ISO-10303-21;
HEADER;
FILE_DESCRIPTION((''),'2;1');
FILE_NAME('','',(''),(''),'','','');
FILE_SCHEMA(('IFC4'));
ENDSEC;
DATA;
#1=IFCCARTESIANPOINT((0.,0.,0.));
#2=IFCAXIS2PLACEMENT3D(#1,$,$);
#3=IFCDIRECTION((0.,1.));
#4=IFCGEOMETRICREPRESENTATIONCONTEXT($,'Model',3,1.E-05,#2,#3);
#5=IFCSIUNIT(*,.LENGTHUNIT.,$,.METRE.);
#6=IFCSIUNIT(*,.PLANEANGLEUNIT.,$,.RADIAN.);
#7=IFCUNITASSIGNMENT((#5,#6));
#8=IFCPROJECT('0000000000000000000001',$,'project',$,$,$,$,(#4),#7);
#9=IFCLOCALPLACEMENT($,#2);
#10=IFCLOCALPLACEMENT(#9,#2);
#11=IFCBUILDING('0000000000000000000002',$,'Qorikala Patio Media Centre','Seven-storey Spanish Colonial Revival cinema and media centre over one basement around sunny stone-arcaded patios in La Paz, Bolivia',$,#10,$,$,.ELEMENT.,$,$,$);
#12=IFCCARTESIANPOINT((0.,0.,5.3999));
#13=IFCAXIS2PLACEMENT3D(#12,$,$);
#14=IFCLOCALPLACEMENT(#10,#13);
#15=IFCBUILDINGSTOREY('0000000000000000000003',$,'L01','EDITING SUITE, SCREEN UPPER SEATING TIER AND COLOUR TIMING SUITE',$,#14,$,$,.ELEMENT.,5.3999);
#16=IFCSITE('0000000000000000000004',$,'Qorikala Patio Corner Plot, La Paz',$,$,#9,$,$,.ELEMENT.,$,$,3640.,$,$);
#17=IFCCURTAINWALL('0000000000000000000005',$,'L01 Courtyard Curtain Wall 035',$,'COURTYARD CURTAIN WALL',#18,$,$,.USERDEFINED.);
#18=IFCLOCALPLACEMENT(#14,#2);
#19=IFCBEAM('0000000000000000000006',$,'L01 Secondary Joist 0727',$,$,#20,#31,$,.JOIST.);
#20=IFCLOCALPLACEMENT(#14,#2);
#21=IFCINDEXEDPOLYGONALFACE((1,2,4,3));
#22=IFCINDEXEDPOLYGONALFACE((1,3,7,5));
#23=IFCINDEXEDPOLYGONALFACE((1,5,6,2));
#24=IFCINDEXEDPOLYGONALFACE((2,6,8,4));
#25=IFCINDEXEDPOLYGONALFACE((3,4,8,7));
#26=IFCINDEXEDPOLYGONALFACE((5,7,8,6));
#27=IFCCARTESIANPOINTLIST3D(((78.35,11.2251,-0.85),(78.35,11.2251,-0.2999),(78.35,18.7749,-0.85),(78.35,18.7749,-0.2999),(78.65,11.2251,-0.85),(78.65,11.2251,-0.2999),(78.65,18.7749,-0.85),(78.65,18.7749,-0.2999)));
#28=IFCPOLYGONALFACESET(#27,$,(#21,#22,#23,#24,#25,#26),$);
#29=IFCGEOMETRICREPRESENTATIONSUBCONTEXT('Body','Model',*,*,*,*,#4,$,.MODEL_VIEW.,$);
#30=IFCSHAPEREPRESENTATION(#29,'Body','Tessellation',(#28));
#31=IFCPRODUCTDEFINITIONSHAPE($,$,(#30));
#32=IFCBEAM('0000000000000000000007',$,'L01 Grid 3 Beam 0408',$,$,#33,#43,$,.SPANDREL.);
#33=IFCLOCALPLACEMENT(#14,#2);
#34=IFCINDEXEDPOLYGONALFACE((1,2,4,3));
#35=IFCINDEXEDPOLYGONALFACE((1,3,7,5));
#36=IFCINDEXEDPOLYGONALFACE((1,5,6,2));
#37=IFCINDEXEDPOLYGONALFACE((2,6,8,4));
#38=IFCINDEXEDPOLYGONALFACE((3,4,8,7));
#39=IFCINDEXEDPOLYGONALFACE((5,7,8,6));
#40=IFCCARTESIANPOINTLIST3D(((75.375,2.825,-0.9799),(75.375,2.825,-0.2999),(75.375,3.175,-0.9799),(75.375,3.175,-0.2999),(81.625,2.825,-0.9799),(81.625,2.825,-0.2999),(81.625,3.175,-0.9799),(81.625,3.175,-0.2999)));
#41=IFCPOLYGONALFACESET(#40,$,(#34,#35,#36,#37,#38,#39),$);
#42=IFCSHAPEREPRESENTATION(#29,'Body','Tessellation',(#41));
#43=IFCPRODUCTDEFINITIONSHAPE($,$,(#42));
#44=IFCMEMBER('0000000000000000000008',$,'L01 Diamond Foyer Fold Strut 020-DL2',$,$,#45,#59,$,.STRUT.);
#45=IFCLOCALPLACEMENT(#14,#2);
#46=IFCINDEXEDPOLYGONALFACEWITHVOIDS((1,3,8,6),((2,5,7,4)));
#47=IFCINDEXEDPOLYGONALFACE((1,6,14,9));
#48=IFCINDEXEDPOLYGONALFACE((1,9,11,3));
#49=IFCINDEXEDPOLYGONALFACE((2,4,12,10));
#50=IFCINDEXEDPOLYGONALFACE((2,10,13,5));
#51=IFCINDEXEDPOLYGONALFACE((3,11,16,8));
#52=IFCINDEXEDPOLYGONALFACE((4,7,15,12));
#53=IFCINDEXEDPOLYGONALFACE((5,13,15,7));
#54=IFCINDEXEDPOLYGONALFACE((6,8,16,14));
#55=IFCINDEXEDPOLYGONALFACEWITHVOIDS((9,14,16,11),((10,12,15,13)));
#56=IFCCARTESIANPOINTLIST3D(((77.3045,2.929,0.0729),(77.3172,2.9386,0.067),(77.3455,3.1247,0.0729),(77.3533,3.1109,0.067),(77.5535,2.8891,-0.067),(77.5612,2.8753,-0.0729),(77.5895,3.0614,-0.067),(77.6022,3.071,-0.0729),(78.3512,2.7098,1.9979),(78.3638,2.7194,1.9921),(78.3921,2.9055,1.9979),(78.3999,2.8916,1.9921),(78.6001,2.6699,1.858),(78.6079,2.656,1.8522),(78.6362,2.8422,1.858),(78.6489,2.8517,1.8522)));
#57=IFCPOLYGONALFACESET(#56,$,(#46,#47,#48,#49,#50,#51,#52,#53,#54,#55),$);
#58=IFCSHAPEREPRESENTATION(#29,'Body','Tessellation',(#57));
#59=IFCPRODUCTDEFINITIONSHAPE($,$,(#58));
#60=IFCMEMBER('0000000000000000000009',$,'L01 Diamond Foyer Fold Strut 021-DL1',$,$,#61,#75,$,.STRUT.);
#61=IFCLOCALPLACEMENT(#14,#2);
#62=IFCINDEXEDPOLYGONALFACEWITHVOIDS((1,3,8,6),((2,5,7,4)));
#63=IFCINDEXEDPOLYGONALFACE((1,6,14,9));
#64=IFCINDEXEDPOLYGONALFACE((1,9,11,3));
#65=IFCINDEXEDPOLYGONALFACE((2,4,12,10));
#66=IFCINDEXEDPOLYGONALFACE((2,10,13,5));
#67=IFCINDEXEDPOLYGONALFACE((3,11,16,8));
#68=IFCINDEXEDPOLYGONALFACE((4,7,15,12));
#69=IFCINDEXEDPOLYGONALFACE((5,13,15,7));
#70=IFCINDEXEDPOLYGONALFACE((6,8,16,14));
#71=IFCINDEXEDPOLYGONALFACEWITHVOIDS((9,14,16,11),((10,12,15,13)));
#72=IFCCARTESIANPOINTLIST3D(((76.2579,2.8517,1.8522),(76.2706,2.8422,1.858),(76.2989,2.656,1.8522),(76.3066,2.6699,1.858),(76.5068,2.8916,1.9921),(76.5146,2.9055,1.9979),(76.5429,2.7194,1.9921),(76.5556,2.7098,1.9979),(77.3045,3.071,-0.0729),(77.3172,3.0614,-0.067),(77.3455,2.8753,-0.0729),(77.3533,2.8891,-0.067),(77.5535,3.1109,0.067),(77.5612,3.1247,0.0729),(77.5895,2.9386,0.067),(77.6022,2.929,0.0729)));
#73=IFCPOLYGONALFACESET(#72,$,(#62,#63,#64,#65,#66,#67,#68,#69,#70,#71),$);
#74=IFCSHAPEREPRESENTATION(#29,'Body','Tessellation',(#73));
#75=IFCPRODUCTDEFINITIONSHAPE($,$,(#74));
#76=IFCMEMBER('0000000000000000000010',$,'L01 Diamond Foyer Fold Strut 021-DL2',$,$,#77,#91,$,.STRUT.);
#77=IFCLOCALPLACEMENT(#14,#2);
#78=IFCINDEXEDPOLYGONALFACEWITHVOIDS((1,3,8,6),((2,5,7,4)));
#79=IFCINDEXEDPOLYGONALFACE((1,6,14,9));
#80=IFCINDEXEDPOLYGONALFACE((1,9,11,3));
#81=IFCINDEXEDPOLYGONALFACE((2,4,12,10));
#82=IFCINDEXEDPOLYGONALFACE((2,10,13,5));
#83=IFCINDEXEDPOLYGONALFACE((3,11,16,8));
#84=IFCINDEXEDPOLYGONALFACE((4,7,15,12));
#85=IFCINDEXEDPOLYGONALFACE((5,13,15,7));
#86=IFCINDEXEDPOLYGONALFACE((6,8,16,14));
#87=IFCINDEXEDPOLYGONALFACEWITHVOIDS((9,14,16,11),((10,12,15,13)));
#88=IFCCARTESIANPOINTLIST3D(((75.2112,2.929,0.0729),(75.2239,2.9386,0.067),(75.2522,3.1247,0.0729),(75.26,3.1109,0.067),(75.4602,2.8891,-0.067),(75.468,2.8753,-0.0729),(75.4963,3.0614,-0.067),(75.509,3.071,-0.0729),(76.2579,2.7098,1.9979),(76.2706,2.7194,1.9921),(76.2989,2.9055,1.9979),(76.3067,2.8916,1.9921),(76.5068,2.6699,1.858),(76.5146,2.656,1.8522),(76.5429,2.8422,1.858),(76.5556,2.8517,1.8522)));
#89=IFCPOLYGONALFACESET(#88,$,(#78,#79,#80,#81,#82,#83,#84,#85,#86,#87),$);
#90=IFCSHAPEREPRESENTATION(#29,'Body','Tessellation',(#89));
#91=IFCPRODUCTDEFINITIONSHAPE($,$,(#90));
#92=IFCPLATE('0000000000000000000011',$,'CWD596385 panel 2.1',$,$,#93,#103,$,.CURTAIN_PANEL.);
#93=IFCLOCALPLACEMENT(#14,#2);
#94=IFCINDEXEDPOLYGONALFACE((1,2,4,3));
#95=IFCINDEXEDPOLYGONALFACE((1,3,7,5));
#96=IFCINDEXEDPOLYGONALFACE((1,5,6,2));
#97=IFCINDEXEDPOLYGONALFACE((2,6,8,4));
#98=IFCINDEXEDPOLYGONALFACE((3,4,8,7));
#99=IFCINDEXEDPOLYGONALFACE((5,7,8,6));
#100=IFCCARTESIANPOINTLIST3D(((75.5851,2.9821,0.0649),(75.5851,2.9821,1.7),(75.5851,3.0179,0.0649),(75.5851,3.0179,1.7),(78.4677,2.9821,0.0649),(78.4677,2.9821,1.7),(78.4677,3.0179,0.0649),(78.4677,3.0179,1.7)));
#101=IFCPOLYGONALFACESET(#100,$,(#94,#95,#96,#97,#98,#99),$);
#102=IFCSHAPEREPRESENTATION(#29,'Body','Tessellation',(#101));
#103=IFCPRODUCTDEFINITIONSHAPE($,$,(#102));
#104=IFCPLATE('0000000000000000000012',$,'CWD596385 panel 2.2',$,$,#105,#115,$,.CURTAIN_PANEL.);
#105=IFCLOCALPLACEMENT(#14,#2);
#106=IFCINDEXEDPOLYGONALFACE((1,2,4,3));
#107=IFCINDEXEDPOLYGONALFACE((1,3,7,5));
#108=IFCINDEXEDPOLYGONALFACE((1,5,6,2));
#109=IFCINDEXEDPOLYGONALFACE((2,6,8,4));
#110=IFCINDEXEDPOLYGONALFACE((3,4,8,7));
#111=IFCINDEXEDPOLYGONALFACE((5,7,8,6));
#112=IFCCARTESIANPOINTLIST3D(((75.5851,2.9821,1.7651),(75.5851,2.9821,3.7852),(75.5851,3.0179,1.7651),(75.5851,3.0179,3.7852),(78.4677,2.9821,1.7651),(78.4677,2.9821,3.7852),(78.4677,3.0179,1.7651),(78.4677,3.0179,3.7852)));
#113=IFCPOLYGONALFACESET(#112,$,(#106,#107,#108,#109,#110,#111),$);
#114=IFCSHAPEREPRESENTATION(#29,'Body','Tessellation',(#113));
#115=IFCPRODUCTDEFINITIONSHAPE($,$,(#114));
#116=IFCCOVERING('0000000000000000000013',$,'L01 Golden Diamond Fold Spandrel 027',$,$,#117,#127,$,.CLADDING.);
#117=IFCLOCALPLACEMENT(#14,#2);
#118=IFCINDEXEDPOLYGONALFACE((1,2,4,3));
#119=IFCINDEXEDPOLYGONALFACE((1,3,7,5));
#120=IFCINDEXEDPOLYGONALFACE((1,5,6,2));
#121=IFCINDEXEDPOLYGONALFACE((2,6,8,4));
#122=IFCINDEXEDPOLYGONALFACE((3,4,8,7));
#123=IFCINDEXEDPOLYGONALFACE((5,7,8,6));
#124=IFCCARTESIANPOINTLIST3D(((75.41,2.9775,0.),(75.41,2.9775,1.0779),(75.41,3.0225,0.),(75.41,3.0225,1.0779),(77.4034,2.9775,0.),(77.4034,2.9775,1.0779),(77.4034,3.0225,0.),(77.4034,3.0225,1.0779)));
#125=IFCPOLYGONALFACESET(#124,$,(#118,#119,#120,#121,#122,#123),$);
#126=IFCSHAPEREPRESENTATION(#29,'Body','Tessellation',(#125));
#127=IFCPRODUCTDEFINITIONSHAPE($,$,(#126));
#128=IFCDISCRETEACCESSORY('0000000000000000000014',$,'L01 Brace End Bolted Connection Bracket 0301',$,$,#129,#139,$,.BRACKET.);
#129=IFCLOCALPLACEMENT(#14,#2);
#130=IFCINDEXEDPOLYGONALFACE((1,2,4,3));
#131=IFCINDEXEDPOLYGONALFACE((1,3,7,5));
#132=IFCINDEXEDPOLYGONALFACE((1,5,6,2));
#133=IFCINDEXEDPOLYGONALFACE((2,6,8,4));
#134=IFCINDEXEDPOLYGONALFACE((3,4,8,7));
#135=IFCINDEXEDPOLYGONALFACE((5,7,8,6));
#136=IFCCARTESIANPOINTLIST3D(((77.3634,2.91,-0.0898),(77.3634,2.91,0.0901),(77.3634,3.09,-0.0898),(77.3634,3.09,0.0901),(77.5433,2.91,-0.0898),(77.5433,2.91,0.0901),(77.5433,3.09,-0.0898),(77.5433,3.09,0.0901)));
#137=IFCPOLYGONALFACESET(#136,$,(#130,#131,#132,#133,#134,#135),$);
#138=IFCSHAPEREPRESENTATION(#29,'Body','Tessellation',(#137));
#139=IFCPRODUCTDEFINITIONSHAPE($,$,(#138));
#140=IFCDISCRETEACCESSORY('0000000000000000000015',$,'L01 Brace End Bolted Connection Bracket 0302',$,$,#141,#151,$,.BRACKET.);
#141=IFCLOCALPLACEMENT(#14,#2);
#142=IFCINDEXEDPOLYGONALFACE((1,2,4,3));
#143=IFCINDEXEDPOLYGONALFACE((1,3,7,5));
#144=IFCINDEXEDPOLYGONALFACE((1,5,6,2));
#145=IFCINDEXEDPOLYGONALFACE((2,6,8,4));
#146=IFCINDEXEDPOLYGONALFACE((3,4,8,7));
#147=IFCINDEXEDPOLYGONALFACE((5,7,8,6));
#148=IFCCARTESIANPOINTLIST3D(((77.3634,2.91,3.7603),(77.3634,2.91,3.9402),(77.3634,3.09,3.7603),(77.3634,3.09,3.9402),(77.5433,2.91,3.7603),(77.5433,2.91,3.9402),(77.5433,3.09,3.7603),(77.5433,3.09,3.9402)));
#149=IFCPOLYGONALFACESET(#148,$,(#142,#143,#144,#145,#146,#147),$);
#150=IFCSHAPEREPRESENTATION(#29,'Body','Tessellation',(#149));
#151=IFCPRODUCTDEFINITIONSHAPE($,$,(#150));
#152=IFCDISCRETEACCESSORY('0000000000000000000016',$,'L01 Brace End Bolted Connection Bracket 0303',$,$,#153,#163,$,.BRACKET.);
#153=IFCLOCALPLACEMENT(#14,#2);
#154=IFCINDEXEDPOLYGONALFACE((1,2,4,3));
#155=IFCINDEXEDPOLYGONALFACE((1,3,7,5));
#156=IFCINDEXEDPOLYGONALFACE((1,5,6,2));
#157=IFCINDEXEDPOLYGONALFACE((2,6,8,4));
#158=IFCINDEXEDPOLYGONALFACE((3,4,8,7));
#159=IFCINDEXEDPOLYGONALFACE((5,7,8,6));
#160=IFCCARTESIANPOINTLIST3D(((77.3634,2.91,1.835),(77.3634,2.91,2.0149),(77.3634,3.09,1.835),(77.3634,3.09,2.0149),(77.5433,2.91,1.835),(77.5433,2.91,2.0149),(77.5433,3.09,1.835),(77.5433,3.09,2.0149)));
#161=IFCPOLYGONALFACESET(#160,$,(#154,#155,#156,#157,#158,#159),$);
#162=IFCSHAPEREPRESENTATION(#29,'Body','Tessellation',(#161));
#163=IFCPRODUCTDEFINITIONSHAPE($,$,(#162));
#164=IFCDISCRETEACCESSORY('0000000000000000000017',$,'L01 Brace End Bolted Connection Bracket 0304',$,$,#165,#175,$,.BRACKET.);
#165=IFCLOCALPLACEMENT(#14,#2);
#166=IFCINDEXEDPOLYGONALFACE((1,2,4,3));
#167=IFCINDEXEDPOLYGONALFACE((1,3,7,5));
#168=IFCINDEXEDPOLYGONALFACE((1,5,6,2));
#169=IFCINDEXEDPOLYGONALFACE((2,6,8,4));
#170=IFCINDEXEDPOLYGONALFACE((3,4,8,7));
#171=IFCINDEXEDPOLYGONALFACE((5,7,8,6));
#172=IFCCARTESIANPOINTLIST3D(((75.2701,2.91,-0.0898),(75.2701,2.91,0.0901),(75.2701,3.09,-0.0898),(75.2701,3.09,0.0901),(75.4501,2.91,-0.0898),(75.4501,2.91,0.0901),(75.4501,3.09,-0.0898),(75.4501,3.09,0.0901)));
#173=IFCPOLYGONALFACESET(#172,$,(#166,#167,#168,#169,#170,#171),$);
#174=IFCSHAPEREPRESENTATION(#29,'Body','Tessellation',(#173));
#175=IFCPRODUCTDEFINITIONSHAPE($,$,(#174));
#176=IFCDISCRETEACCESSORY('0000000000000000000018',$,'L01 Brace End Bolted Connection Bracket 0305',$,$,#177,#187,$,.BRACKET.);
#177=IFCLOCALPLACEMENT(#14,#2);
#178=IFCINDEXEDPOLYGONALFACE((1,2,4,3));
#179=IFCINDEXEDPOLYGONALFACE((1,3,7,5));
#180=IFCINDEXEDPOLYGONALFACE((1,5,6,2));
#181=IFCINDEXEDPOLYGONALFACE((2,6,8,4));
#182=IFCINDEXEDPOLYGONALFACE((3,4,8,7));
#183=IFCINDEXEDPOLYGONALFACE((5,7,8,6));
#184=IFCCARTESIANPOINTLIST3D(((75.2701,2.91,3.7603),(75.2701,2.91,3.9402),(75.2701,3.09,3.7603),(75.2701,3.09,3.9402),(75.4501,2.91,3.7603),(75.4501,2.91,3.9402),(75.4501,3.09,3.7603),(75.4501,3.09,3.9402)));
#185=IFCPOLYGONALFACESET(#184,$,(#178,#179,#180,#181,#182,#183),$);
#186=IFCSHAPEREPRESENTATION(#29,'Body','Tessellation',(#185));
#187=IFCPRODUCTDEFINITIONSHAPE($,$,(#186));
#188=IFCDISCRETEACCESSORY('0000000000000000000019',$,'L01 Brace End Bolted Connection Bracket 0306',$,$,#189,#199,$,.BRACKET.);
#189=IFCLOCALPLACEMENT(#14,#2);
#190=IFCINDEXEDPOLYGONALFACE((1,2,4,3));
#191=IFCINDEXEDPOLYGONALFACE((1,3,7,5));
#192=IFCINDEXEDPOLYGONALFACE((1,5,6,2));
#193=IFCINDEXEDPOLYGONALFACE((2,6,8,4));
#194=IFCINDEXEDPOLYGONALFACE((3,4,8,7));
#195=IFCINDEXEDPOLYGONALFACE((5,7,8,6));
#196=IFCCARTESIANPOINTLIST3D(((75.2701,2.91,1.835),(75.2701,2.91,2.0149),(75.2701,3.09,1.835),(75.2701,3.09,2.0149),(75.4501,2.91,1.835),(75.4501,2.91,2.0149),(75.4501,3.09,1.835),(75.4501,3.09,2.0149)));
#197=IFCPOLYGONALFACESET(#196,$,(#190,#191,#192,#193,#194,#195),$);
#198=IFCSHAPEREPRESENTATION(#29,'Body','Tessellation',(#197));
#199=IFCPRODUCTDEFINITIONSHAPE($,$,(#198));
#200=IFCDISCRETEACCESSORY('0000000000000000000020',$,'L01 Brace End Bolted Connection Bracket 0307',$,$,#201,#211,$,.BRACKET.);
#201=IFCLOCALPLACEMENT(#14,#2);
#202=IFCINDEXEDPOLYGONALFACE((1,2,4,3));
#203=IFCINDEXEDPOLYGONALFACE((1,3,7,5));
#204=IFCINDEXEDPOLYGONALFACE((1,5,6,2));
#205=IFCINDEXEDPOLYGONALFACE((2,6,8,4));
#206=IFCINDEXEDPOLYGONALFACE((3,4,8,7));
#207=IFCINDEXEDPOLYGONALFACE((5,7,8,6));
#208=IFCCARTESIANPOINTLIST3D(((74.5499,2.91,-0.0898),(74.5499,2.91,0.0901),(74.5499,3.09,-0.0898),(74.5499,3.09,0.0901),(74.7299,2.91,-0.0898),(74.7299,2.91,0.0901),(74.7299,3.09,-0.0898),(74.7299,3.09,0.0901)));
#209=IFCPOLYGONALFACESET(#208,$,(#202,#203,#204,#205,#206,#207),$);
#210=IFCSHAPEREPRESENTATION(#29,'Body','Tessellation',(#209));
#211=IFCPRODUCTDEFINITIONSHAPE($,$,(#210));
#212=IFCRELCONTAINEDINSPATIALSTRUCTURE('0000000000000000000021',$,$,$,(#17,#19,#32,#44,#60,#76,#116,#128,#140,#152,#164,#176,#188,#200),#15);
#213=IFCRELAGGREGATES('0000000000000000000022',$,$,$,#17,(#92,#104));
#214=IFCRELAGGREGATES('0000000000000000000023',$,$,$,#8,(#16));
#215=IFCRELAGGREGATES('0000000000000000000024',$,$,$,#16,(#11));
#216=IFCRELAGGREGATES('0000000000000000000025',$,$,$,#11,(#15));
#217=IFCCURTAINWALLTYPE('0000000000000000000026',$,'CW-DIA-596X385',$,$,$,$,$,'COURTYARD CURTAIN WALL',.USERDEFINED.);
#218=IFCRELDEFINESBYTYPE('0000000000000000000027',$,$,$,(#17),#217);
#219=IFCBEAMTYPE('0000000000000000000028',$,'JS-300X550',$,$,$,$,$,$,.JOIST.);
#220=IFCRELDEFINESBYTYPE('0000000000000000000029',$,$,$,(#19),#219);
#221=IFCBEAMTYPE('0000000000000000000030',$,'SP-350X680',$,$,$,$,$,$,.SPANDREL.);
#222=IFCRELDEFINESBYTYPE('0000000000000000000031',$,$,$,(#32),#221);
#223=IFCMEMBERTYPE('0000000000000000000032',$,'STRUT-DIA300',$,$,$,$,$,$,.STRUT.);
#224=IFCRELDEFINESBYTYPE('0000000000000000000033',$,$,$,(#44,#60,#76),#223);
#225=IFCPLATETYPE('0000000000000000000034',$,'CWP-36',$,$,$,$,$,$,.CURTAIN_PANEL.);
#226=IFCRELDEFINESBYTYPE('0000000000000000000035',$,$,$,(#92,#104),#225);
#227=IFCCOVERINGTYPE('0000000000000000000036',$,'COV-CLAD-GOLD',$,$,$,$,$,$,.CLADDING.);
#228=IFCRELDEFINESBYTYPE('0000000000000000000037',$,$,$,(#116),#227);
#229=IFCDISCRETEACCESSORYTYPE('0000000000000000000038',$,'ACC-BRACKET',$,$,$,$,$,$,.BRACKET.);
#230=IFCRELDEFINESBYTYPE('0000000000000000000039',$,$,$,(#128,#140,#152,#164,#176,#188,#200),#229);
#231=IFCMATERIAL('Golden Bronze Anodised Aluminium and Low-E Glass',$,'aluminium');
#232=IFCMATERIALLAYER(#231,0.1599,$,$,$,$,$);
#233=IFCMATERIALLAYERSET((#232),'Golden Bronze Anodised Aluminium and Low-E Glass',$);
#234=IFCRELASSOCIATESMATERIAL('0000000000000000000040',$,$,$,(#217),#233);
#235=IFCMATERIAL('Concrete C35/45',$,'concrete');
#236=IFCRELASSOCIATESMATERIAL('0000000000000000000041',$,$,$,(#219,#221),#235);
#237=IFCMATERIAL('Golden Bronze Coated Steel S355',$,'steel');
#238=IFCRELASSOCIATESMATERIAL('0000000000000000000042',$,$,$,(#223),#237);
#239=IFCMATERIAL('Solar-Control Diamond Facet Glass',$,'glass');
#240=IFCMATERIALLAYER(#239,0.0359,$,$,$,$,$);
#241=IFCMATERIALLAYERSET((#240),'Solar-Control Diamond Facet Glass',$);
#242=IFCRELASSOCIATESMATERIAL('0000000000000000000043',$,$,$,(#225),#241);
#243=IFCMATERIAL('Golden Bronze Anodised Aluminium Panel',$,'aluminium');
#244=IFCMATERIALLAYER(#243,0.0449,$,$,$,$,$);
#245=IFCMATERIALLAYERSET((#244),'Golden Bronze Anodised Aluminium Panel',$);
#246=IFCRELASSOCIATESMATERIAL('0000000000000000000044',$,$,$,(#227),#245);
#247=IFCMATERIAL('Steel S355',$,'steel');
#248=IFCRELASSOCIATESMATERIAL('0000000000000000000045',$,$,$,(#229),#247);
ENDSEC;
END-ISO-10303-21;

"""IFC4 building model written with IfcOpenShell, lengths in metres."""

from ifc_helpers import new_model, si_unit, direction, frame, origin, origin_2d, place, context, subcontext, project, spatial, rectangle, hollow_rectangle, extrude, material, layer, layer_set, material_profile, profile_set, type_object, element, aggregate, save


model = new_model("IFC4")

# Units and contexts
model_context = context("Model", 3, precision=1e-05, world=origin(), true_north=direction((0.0, 1.0)))
body_context = subcontext(model_context, "Body", "Model", "MODEL_VIEW")
ifc_project = project(units=[si_unit("LENGTHUNIT", "METRE"), si_unit("PLANEANGLEUNIT", "RADIAN")], contexts=[model_context])

# Site, building, storey
site_placement = place(None, origin())
site = spatial("IfcSite", under=ifc_project, at=site_placement, Name="Qorikala Patio Corner Plot, La Paz", CompositionType="ELEMENT", RefElevation=3640.0)
building_placement = place(site_placement, origin())
building = spatial("IfcBuilding", under=site, at=building_placement, Name="Qorikala Patio Media Centre", Description="Seven-storey Spanish Colonial Revival cinema and media centre over one basement around sunny stone-arcaded patios in La Paz, Bolivia", CompositionType="ELEMENT")
storey_placement = place(building_placement, frame((0.0, 0.0, 5.3999)))
storey = spatial("IfcBuildingStorey", under=building, at=storey_placement, Name="L01", Description="EDITING SUITE, SCREEN UPPER SEATING TIER AND COLOUR TIMING SUITE", CompositionType="ELEMENT", Elevation=5.3999)

# Shared definitions
ifc_material_1 = material(Name="Concrete C35/45", Category="concrete")

# Shared definitions
ifc_material_2 = material(Name="Golden Bronze Coated Steel S355", Category="steel")

# Curtain wall
ifc_material_3 = material(Name="Golden Bronze Anodised Aluminium and Low-E Glass", Category="aluminium")
ifc_layer_1 = layer(ifc_material_3, 0.1599)
ifc_layer_set_1 = layer_set([ifc_layer_1], Name="Golden Bronze Anodised Aluminium and Low-E Glass")
curtain_wall_type = type_object("IfcCurtainWallType", Name="CW-DIA-596X385", ElementType="COURTYARD CURTAIN WALL", PredefinedType="USERDEFINED", material=ifc_layer_set_1)
curtain_wall_placement = place(storey_placement, origin())
curtain_wall = element("IfcCurtainWall", 1, at=curtain_wall_placement, inside=storey, type_object=curtain_wall_type, Name="L01 Courtyard Curtain Wall 035", ObjectType="COURTYARD CURTAIN WALL", PredefinedType="USERDEFINED")

# Beams
ifc_material_profile_1 = material_profile(ifc_material_1, rectangle(XDim=0.3, YDim=0.55, at=origin_2d()), Name="RC 300x550")
ifc_profile_set_1 = profile_set([ifc_material_profile_1], Name="Concrete C35/45")
beam_type_1 = type_object("IfcBeamType", Name="JS-300X550", PredefinedType="JOIST", material=ifc_profile_set_1)
beam_1_placement = place(storey_placement, frame((78.5, 11.2251, -0.575), z_axis=(0.0, 1.0, 0.0), x_axis=(-1.0, 0.0, 0.0)))
element("IfcBeam", 2, at=beam_1_placement, inside=storey, type_object=beam_type_1, Name="L01 Secondary Joist 0727", PredefinedType="JOIST", context=body_context, shape_type="SweptSolid", body=[
    extrude(rectangle(XDim=0.3, YDim=0.55, at=origin_2d()), origin(), (0.0, 0.0, 1.0), 7.5498),
])
ifc_material_profile_2 = material_profile(ifc_material_1, rectangle(XDim=0.3501, YDim=0.6799, at=origin_2d()), Name="RC 350x680")
ifc_profile_set_2 = profile_set([ifc_material_profile_2], Name="Concrete C35/45")
beam_type_2 = type_object("IfcBeamType", Name="SP-350X680", PredefinedType="SPANDREL", material=ifc_profile_set_2)
beam_2_placement = place(storey_placement, frame((75.375, 3.0, -0.6399), z_axis=(1.0, 0.0, 0.0), x_axis=(0.0, 1.0, 0.0)))
element("IfcBeam", 3, at=beam_2_placement, inside=storey, type_object=beam_type_2, Name="L01 Grid 3 Beam 0408", PredefinedType="SPANDREL", context=body_context, shape_type="SweptSolid", body=[
    extrude(rectangle(XDim=0.3501, YDim=0.6799, at=origin_2d()), origin(), (0.0, 0.0, 1.0), 6.25),
])

# Members
ifc_material_profile_3 = material_profile(ifc_material_2, hollow_rectangle(XDim=0.2, YDim=0.3, WallThickness=0.012, at=origin_2d()), Name="HSS300X200X12")
ifc_profile_set_3 = profile_set([ifc_material_profile_3], Name="Golden Bronze Coated Steel S355")
member_type_1 = type_object("IfcMemberType", Name="STRUT-DIA300", PredefinedType="STRUT", material=ifc_profile_set_3)
for number, where, z_axis, x_axis, name in (
    (4, (77.4534, 3.0, 0.0), (0.475284, -0.099558, 0.874181), (0.205021, 0.978758, 0.0), "L01 Diamond Foyer Fold Strut 020-DL2"),
    (5, (77.4534, 3.0, 0.0), (-0.475284, -0.099558, 0.874181), (0.205021, -0.978758, 0.0), "L01 Diamond Foyer Fold Strut 021-DL1"),
    (6, (75.3601, 3.0, 0.0), (0.475284, -0.099558, 0.874181), (0.205021, 0.978758, 0.0), "L01 Diamond Foyer Fold Strut 021-DL2"),
):
    element("IfcMember", number, at=place(storey_placement, frame(where, z_axis=z_axis, x_axis=x_axis)), inside=storey, type_object=member_type_1, Name=name, PredefinedType="STRUT", context=body_context, shape_type="SweptSolid", body=[
        extrude(hollow_rectangle(XDim=0.2, YDim=0.3, WallThickness=0.012, at=origin_2d()), origin(), (0.0, 0.0, 1.0), 2.2021),
    ])

# Plates
ifc_material_4 = material(Name="Solar-Control Diamond Facet Glass", Category="glass")
ifc_layer_2 = layer(ifc_material_4, 0.0359)
ifc_layer_set_2 = layer_set([ifc_layer_2], Name="Solar-Control Diamond Facet Glass")
plate_type = type_object("IfcPlateType", Name="CWP-36", PredefinedType="CURTAIN_PANEL", material=ifc_layer_set_2)
plate_1_placement = place(storey_placement, frame((77.0264, 3.0, 0.0649), z_axis=(0.0, 0.0, 1.0), x_axis=(-1.0, 0.0, 0.0)))
plate_1 = element("IfcPlate", 7, at=plate_1_placement, type_object=plate_type, Name="CWD596385 panel 2.1", PredefinedType="CURTAIN_PANEL", context=body_context, shape_type="SweptSolid", body=[
    extrude(rectangle(XDim=2.8826, YDim=0.0359, at=origin_2d()), origin(), (0.0, 0.0, 1.0), 1.635),
])
plate_2_placement = place(storey_placement, frame((77.0264, 3.0, 1.7651), z_axis=(0.0, 0.0, 1.0), x_axis=(-1.0, 0.0, 0.0)))
plate_2 = element("IfcPlate", 8, at=plate_2_placement, type_object=plate_type, Name="CWD596385 panel 2.2", PredefinedType="CURTAIN_PANEL", context=body_context, shape_type="SweptSolid", body=[
    extrude(rectangle(XDim=2.8826, YDim=0.0359, at=origin_2d()), origin(), (0.0, 0.0, 1.0), 2.02),
])
aggregate(curtain_wall, [plate_1, plate_2])

# Covering
ifc_material_5 = material(Name="Golden Bronze Anodised Aluminium Panel", Category="aluminium")
ifc_layer_3 = layer(ifc_material_5, 0.0449)
ifc_layer_set_3 = layer_set([ifc_layer_3], Name="Golden Bronze Anodised Aluminium Panel")
covering_type = type_object("IfcCoveringType", Name="COV-CLAD-GOLD", PredefinedType="CLADDING", material=ifc_layer_set_3)
covering_placement = place(storey_placement, frame((76.4067, 3.0, 0.0), z_axis=(0.0, 0.0, 1.0), x_axis=(-1.0, 0.0, 0.0)))
element("IfcCovering", 9, at=covering_placement, inside=storey, type_object=covering_type, Name="L01 Golden Diamond Fold Spandrel 027", PredefinedType="CLADDING", context=body_context, shape_type="SweptSolid", body=[
    extrude(rectangle(XDim=1.9934, YDim=0.0449, at=origin_2d()), origin(), (0.0, 0.0, 1.0), 1.0779),
])

# Discrete accessories
ifc_material_6 = material(Name="Steel S355", Category="steel")
discrete_accessory_type = type_object("IfcDiscreteAccessoryType", Name="ACC-BRACKET", PredefinedType="BRACKET", material=ifc_material_6)
for number, where, z_axis, x_axis, name in (
    (10, (77.4534, 3.0, -0.0898), (0.0, 0.0, 1.0), (1.0, 0.0, 0.0), "L01 Brace End Bolted Connection Bracket 0301"),
    (11, (77.4534, 3.0, 3.7603), (0.0, 0.0, 1.0), (1.0, 0.0, 0.0), "L01 Brace End Bolted Connection Bracket 0302"),
    (12, (77.4534, 3.0, 1.835), (0.0, 0.0, 1.0), (1.0, 0.0, 0.0), "L01 Brace End Bolted Connection Bracket 0303"),
    (13, (75.3601, 3.0, -0.0898), (0.0, 0.0, 1.0), (1.0, 0.0, 0.0), "L01 Brace End Bolted Connection Bracket 0304"),
    (14, (75.3601, 3.0, 3.7603), (0.0, 0.0, 1.0), (1.0, 0.0, 0.0), "L01 Brace End Bolted Connection Bracket 0305"),
    (15, (75.3601, 3.0, 1.835), (0.0, 0.0, 1.0), (1.0, 0.0, 0.0), "L01 Brace End Bolted Connection Bracket 0306"),
    (16, (74.6399, 3.0, -0.0898), (0.0, 0.0, 1.0), (1.0, 0.0, 0.0), "L01 Brace End Bolted Connection Bracket 0307"),
):
    element("IfcDiscreteAccessory", number, at=place(storey_placement, frame(where, z_axis=z_axis, x_axis=x_axis)), inside=storey, type_object=discrete_accessory_type, Name=name, PredefinedType="BRACKET", context=body_context, shape_type="SweptSolid", body=[
        extrude(rectangle(XDim=0.1799, YDim=0.1799, at=origin_2d()), origin(), (0.0, 0.0, 1.0), 0.1799),
    ])

save(model, "model.ifc")
